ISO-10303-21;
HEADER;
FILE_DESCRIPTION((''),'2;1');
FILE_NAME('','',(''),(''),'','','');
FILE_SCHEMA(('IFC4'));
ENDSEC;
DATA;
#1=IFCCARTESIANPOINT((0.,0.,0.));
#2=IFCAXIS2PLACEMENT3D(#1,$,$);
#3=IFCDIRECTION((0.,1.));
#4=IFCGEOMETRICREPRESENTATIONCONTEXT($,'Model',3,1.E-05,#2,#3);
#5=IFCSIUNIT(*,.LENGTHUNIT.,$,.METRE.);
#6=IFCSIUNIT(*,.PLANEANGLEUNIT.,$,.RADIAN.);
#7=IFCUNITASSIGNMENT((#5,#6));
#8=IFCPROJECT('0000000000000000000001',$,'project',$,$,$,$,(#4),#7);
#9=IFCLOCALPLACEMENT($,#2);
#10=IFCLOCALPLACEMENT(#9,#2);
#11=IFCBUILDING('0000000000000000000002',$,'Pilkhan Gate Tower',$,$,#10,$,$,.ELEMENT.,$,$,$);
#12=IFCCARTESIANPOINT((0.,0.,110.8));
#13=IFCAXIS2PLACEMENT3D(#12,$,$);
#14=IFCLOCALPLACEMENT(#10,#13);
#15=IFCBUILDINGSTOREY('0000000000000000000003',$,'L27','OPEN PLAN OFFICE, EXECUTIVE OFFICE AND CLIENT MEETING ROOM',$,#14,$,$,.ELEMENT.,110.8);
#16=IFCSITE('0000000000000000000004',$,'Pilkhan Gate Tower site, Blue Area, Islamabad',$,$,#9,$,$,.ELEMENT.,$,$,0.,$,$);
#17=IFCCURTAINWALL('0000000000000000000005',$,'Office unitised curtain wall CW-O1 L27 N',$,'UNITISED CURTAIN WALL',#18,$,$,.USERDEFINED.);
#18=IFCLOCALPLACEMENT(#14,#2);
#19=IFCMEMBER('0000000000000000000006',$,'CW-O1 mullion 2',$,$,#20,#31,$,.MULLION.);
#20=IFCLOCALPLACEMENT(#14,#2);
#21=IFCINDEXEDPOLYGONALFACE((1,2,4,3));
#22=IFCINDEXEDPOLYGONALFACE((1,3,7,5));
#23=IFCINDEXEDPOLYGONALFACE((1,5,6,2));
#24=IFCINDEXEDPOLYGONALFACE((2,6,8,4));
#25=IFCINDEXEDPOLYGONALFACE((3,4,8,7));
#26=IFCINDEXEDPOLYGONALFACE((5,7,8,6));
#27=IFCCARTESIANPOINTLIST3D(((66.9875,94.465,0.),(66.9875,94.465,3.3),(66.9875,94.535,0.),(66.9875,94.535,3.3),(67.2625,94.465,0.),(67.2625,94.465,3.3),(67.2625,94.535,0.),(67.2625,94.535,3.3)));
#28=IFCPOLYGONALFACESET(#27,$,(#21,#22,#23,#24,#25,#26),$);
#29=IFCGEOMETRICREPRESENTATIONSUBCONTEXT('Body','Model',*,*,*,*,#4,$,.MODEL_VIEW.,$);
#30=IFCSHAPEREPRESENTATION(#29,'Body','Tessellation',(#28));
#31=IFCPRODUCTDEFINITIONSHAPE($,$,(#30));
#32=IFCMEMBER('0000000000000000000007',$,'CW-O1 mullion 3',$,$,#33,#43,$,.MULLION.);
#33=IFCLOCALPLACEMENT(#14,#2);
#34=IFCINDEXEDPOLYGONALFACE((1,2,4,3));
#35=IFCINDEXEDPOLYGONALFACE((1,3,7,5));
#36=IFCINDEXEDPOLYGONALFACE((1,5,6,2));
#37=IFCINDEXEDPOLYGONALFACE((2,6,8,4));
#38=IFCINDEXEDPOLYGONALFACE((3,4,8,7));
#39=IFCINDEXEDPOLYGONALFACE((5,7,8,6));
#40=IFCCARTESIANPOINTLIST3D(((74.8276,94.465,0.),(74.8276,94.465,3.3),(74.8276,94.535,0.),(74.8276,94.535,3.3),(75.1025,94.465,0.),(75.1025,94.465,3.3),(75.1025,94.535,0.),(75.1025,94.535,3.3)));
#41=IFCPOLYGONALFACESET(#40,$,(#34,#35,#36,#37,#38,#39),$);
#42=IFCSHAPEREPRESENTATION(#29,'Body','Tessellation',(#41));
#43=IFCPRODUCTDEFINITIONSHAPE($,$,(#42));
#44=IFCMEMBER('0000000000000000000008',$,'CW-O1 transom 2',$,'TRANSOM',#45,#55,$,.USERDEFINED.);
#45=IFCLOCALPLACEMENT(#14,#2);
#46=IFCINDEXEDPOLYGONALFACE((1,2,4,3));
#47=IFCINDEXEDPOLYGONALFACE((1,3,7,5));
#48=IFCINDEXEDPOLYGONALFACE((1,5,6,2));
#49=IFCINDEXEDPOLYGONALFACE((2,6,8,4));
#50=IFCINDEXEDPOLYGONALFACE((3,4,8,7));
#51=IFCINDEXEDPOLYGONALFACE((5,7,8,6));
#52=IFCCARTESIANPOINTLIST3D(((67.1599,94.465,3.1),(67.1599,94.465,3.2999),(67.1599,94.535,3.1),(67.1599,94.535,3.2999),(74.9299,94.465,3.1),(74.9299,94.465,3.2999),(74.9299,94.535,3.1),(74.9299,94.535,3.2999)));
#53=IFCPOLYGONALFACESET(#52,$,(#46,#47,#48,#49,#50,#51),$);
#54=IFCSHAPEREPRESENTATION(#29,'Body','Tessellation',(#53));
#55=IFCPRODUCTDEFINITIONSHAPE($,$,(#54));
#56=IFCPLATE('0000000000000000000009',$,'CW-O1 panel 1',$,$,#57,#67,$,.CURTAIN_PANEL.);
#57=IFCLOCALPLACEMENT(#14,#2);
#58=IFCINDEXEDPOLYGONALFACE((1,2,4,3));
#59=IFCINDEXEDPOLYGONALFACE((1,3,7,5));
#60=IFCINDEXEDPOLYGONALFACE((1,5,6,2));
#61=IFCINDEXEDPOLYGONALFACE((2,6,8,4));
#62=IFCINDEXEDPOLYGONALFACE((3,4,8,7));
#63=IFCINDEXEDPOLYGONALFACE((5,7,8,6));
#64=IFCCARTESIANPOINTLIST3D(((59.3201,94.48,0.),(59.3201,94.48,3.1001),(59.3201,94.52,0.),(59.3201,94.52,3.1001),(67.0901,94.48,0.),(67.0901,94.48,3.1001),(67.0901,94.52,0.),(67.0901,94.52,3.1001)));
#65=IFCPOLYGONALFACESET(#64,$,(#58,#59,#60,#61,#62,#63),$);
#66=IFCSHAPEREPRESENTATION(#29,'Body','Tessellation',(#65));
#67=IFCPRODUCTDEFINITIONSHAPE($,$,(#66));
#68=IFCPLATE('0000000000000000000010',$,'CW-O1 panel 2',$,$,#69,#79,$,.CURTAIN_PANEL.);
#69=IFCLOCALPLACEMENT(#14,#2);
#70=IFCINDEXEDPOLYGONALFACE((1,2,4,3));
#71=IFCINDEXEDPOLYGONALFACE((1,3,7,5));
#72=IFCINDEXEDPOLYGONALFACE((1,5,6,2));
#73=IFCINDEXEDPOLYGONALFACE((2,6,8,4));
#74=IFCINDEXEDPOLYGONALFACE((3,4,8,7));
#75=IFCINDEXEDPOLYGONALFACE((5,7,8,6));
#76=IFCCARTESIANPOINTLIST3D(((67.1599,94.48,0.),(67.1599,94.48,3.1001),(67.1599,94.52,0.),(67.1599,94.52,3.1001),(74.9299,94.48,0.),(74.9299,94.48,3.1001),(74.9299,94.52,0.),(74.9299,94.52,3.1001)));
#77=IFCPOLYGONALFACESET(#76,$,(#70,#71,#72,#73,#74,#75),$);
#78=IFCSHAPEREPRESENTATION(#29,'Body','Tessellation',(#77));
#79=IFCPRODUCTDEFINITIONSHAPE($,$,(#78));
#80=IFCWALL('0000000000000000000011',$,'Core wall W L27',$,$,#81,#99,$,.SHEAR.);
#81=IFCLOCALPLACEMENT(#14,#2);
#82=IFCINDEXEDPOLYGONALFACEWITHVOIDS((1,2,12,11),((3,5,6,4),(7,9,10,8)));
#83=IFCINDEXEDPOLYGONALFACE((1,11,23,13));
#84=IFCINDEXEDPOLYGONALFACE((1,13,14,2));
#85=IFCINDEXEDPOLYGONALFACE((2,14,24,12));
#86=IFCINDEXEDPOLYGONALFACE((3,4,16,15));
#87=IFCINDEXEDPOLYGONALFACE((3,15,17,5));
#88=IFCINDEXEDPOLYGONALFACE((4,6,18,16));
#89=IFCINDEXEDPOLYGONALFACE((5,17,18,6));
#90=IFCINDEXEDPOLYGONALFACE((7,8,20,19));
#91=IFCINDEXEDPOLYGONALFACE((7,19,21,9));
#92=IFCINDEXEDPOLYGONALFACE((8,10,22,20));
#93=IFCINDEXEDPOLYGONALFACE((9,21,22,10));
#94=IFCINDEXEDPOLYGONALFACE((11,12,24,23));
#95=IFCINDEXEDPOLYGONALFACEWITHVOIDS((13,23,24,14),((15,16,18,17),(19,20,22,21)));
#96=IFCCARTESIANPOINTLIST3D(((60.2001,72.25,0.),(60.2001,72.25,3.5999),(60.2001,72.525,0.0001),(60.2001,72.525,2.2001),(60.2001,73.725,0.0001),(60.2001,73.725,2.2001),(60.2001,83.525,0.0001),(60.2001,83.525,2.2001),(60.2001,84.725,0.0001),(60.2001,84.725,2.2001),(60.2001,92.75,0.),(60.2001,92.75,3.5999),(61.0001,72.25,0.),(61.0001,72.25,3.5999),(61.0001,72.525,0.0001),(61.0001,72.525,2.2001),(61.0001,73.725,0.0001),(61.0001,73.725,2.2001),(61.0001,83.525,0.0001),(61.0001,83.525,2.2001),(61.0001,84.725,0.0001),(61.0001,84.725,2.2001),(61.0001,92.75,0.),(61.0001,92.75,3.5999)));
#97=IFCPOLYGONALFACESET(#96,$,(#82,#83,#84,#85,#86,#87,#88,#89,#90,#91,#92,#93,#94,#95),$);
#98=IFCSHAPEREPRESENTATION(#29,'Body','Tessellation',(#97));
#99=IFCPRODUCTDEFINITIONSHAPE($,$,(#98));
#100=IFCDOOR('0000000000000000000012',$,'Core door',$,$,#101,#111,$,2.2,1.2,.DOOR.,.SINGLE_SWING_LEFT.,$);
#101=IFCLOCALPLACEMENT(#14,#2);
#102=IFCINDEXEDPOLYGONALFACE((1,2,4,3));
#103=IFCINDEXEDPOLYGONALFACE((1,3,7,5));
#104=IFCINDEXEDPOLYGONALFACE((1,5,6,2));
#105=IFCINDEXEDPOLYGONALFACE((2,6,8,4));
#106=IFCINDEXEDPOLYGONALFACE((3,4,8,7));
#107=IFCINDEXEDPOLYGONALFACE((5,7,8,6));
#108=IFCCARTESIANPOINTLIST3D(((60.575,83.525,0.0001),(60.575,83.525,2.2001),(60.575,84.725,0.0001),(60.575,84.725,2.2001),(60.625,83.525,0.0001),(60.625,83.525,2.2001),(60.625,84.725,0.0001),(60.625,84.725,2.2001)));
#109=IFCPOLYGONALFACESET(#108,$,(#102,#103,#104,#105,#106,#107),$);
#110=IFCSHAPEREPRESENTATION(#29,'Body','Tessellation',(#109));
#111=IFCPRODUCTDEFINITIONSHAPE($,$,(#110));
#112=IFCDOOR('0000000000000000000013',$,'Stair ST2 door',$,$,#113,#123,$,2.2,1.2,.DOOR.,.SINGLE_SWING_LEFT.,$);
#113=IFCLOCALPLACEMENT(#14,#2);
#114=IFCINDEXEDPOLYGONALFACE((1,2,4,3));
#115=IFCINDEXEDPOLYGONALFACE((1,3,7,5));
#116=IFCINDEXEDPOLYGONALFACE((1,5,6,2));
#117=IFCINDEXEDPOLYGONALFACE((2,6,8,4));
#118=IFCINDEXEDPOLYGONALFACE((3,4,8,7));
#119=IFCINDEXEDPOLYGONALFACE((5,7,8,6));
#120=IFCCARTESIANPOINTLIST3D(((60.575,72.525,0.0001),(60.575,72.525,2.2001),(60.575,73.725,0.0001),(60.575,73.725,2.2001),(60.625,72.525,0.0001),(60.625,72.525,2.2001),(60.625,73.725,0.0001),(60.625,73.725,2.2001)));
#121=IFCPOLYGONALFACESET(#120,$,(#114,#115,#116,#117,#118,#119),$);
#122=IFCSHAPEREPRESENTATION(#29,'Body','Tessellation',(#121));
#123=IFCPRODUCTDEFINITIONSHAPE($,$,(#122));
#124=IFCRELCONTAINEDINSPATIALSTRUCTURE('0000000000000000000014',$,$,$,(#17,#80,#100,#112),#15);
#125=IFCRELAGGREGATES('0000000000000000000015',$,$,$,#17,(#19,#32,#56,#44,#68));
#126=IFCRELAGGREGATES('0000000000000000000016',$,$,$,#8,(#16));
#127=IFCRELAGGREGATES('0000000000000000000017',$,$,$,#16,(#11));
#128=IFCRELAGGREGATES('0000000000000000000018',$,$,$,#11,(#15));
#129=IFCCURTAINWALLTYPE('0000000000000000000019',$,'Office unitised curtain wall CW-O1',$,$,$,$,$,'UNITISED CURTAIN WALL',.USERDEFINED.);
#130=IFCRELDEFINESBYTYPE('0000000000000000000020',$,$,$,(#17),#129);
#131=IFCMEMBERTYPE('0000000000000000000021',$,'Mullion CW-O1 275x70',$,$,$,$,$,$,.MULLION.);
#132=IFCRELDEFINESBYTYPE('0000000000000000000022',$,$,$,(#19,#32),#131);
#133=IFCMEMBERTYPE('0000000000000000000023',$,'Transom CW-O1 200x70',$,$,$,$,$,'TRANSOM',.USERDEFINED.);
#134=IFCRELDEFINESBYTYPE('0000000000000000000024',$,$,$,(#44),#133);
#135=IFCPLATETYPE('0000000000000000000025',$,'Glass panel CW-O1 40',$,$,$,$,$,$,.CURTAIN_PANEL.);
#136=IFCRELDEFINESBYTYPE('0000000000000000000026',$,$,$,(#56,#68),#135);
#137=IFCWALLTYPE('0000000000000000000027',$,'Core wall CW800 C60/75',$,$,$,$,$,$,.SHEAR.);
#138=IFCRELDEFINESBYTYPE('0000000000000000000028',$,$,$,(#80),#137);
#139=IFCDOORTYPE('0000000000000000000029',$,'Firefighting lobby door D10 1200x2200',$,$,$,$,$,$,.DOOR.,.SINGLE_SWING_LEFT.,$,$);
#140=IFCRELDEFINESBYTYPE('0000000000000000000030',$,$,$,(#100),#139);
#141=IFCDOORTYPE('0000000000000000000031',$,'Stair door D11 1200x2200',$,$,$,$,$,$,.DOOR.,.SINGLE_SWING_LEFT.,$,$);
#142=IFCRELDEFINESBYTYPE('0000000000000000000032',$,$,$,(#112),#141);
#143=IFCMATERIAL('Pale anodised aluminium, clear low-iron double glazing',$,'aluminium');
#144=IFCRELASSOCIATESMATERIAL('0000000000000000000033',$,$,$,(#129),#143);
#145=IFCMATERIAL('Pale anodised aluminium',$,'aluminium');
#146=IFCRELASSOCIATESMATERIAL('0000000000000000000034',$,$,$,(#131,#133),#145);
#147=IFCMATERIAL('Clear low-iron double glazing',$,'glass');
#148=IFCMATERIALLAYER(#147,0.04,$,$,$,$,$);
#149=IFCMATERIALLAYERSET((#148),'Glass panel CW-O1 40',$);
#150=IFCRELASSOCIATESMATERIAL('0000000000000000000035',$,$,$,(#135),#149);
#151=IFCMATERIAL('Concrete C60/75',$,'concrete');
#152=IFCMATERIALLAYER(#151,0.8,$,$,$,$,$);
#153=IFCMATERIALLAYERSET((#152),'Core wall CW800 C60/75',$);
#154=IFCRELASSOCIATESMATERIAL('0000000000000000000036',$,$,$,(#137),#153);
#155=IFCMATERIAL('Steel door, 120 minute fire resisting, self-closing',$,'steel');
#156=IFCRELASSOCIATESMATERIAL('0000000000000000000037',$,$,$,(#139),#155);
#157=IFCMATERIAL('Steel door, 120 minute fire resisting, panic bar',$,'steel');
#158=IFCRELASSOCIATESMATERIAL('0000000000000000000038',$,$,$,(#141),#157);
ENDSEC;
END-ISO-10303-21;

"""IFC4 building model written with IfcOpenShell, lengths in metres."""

from ifc_helpers import new_model, si_unit, direction, frame, frame_2d, origin, origin_2d, place, context, subcontext, project, spatial, rectangle, extrude, material, layer, layer_set, material_profile, profile_set, type_object, element, fill, aggregate, save


model = new_model("IFC4")

# Units and contexts
model_context = context("Model", 3, precision=1e-05, world=origin(), true_north=direction((0.0, 1.0)))
body_context = subcontext(model_context, "Body", "Model", "MODEL_VIEW")
ifc_project = project(units=[si_unit("LENGTHUNIT", "METRE"), si_unit("PLANEANGLEUNIT", "RADIAN")], contexts=[model_context])

# Site, building, storey
site_placement = place(None, origin())
site = spatial("IfcSite", under=ifc_project, at=site_placement, Name="Pilkhan Gate Tower site, Blue Area, Islamabad", CompositionType="ELEMENT", RefElevation=0.0)
building_placement = place(site_placement, origin())
building = spatial("IfcBuilding", under=site, at=building_placement, Name="Pilkhan Gate Tower", CompositionType="ELEMENT")
storey_placement = place(building_placement, frame((0.0, 0.0, 110.8)))
storey = spatial("IfcBuildingStorey", under=building, at=storey_placement, Name="L27", Description="OPEN PLAN OFFICE, EXECUTIVE OFFICE AND CLIENT MEETING ROOM", CompositionType="ELEMENT", Elevation=110.8)

# Curtain wall, members, plates
ifc_material_1 = material(Name="Pale anodised aluminium, clear low-iron double glazing", Category="aluminium")
curtain_wall_type = type_object("IfcCurtainWallType", Name="Office unitised curtain wall CW-O1", ElementType="UNITISED CURTAIN WALL", PredefinedType="USERDEFINED", material=ifc_material_1)
curtain_wall_placement = place(storey_placement, origin())
curtain_wall = element("IfcCurtainWall", 1, at=curtain_wall_placement, inside=storey, type_object=curtain_wall_type, Name="Office unitised curtain wall CW-O1 L27 N", ObjectType="UNITISED CURTAIN WALL", PredefinedType="USERDEFINED")
ifc_material_2 = material(Name="Pale anodised aluminium", Category="aluminium")
ifc_material_profile_1 = material_profile(ifc_material_2, rectangle(XDim=0.0701, YDim=0.2749, at=origin_2d()), Name="Mullion 275x70")
ifc_profile_set_1 = profile_set([ifc_material_profile_1], Name="Pale anodised aluminium")
member_type_1 = type_object("IfcMemberType", Name="Mullion CW-O1 275x70", PredefinedType="MULLION", material=ifc_profile_set_1)
member_1_placement = place(storey_placement, frame((67.125, 94.5, 0.0), z_axis=(0.0, 0.0, 1.0), x_axis=(0.0, 1.0, 0.0)))
member_1 = element("IfcMember", 2, at=member_1_placement, type_object=member_type_1, Name="CW-O1 mullion 2", PredefinedType="MULLION", context=body_context, shape_type="SweptSolid", body=[
    extrude(rectangle(XDim=0.0701, YDim=0.2749, at=origin_2d()), origin(), (0.0, 0.0, 1.0), 3.3),
])
member_2_placement = place(storey_placement, frame((74.9651, 94.5, 0.0), z_axis=(0.0, 0.0, 1.0), x_axis=(0.0, 1.0, 0.0)))
member_2 = element("IfcMember", 3, at=member_2_placement, type_object=member_type_1, Name="CW-O1 mullion 3", PredefinedType="MULLION", context=body_context, shape_type="SweptSolid", body=[
    extrude(rectangle(XDim=0.0701, YDim=0.2749, at=origin_2d()), origin(), (0.0, 0.0, 1.0), 3.3),
])
ifc_material_profile_2 = material_profile(ifc_material_2, rectangle(XDim=0.0701, YDim=0.2, at=origin_2d()), Name="Transom 200x70")
ifc_profile_set_2 = profile_set([ifc_material_profile_2], Name="Pale anodised aluminium")
member_type_2 = type_object("IfcMemberType", Name="Transom CW-O1 200x70", ElementType="TRANSOM", PredefinedType="USERDEFINED", material=ifc_profile_set_2)
member_3_placement = place(storey_placement, frame((67.1599, 94.5, 3.2), z_axis=(1.0, 0.0, 0.0), x_axis=(0.0, 1.0, 0.0)))
member_3 = element("IfcMember", 4, at=member_3_placement, type_object=member_type_2, Name="CW-O1 transom 2", ObjectType="TRANSOM", PredefinedType="USERDEFINED", context=body_context, shape_type="SweptSolid", body=[
    extrude(rectangle(XDim=0.0701, YDim=0.2, at=origin_2d()), origin(), (0.0, 0.0, 1.0), 7.77),
])
ifc_material_3 = material(Name="Clear low-iron double glazing", Category="glass")
ifc_layer_1 = layer(ifc_material_3, 0.04)
ifc_layer_set_1 = layer_set([ifc_layer_1], Name="Glass panel CW-O1 40")
plate_type = type_object("IfcPlateType", Name="Glass panel CW-O1 40", PredefinedType="CURTAIN_PANEL", material=ifc_layer_set_1)
plate_1_placement = place(storey_placement, frame((63.2051, 94.5, 0.0), z_axis=(0.0, 0.0, 1.0), x_axis=(1.0, 0.0, 0.0)))
plate_1 = element("IfcPlate", 5, at=plate_1_placement, type_object=plate_type, Name="CW-O1 panel 1", PredefinedType="CURTAIN_PANEL", context=body_context, shape_type="SweptSolid", body=[
    extrude(rectangle(XDim=7.77, YDim=0.04, at=origin_2d()), origin(), (0.0, 0.0, 1.0), 3.1001),
])
plate_2_placement = place(storey_placement, frame((71.0449, 94.5, 0.0), z_axis=(0.0, 0.0, 1.0), x_axis=(1.0, 0.0, 0.0)))
plate_2 = element("IfcPlate", 6, at=plate_2_placement, type_object=plate_type, Name="CW-O1 panel 2", PredefinedType="CURTAIN_PANEL", context=body_context, shape_type="SweptSolid", body=[
    extrude(rectangle(XDim=7.77, YDim=0.04, at=origin_2d()), origin(), (0.0, 0.0, 1.0), 3.1001),
])
aggregate(curtain_wall, [member_1, member_2, plate_1, member_3, plate_2])

# Wall, openings, doors
ifc_material_4 = material(Name="Concrete C60/75", Category="concrete")
ifc_layer_2 = layer(ifc_material_4, 0.8)
ifc_layer_set_2 = layer_set([ifc_layer_2], Name="Core wall CW800 C60/75")
wall_type_1 = type_object("IfcWallType", Name="Core wall CW800 C60/75", PredefinedType="SHEAR", material=ifc_layer_set_2)
wall_1_placement = place(storey_placement, frame((60.6001, 92.75, 0.0), z_axis=(0.0, 0.0, 1.0), x_axis=(0.0, -1.0, 0.0)))
wall_1 = element("IfcWall", 7, at=wall_1_placement, inside=storey, type_object=wall_type_1, Name="Core wall W L27", PredefinedType="SHEAR", context=body_context, shape_type="SweptSolid", body=[
    extrude(rectangle(XDim=20.5, YDim=0.8, at=frame_2d((10.25, 0.0))), origin(), (0.0, 0.0, 1.0), 3.5999),
])
opening_1_placement = place(wall_1_placement, frame((19.0249, 0.0, 0.0)))
opening_1 = element("IfcOpeningElement", 8, at=opening_1_placement, cuts=wall_1, PredefinedType="OPENING", context=body_context, shape_type="SweptSolid", body=[
    extrude(rectangle(XDim=1.2, YDim=2.2, at=frame_2d((0.6001, 1.1001))), frame((0.0, 0.4099, 0.0), z_axis=(0.0, -1.0, 0.0), x_axis=(1.0, 0.0, 0.0)), (0.0, 0.0, 1.0), 0.8201),
])
opening_2_placement = place(wall_1_placement, frame((8.0249, 0.0, 0.0)))
opening_2 = element("IfcOpeningElement", 9, at=opening_2_placement, cuts=wall_1, PredefinedType="OPENING", context=body_context, shape_type="SweptSolid", body=[
    extrude(rectangle(XDim=1.2, YDim=2.2, at=frame_2d((0.6001, 1.1001))), frame((0.0, 0.4099, 0.0), z_axis=(0.0, -1.0, 0.0), x_axis=(1.0, 0.0, 0.0)), (0.0, 0.0, 1.0), 0.8201),
])
ifc_material_5 = material(Name="Steel door, 120 minute fire resisting, self-closing", Category="steel")
door_type_1 = type_object("IfcDoorType", Name="Firefighting lobby door D10 1200x2200", OperationType="SINGLE_SWING_LEFT", PredefinedType="DOOR", material=ifc_material_5)
door_1_placement = place(opening_2_placement, origin())
door_1 = element("IfcDoor", 10, at=door_1_placement, inside=storey, type_object=door_type_1, Name="Core door", OperationType="SINGLE_SWING_LEFT", OverallHeight=2.2, OverallWidth=1.2, PredefinedType="DOOR", context=body_context, shape_type="SweptSolid", body=[
    extrude(rectangle(XDim=1.2, YDim=2.2, at=frame_2d((0.6001, 1.1001))), frame((0.0, 0.0249, 0.0), z_axis=(0.0, -1.0, 0.0), x_axis=(1.0, 0.0, 0.0)), (0.0, 0.0, 1.0), 0.05),
])
fill(opening_2, door_1)
ifc_material_6 = material(Name="Steel door, 120 minute fire resisting, panic bar", Category="steel")
door_type_2 = type_object("IfcDoorType", Name="Stair door D11 1200x2200", OperationType="SINGLE_SWING_LEFT", PredefinedType="DOOR", material=ifc_material_6)
door_2_placement = place(opening_1_placement, origin())
door_2 = element("IfcDoor", 11, at=door_2_placement, inside=storey, type_object=door_type_2, Name="Stair ST2 door", OperationType="SINGLE_SWING_LEFT", OverallHeight=2.2, OverallWidth=1.2, PredefinedType="DOOR", context=body_context, shape_type="SweptSolid", body=[
    extrude(rectangle(XDim=1.2, YDim=2.2, at=frame_2d((0.6001, 1.1001))), frame((0.0, 0.0249, 0.0), z_axis=(0.0, -1.0, 0.0), x_axis=(1.0, 0.0, 0.0)), (0.0, 0.0, 1.0), 0.05),
])
fill(opening_1, door_2)

save(model, "model.ifc")
